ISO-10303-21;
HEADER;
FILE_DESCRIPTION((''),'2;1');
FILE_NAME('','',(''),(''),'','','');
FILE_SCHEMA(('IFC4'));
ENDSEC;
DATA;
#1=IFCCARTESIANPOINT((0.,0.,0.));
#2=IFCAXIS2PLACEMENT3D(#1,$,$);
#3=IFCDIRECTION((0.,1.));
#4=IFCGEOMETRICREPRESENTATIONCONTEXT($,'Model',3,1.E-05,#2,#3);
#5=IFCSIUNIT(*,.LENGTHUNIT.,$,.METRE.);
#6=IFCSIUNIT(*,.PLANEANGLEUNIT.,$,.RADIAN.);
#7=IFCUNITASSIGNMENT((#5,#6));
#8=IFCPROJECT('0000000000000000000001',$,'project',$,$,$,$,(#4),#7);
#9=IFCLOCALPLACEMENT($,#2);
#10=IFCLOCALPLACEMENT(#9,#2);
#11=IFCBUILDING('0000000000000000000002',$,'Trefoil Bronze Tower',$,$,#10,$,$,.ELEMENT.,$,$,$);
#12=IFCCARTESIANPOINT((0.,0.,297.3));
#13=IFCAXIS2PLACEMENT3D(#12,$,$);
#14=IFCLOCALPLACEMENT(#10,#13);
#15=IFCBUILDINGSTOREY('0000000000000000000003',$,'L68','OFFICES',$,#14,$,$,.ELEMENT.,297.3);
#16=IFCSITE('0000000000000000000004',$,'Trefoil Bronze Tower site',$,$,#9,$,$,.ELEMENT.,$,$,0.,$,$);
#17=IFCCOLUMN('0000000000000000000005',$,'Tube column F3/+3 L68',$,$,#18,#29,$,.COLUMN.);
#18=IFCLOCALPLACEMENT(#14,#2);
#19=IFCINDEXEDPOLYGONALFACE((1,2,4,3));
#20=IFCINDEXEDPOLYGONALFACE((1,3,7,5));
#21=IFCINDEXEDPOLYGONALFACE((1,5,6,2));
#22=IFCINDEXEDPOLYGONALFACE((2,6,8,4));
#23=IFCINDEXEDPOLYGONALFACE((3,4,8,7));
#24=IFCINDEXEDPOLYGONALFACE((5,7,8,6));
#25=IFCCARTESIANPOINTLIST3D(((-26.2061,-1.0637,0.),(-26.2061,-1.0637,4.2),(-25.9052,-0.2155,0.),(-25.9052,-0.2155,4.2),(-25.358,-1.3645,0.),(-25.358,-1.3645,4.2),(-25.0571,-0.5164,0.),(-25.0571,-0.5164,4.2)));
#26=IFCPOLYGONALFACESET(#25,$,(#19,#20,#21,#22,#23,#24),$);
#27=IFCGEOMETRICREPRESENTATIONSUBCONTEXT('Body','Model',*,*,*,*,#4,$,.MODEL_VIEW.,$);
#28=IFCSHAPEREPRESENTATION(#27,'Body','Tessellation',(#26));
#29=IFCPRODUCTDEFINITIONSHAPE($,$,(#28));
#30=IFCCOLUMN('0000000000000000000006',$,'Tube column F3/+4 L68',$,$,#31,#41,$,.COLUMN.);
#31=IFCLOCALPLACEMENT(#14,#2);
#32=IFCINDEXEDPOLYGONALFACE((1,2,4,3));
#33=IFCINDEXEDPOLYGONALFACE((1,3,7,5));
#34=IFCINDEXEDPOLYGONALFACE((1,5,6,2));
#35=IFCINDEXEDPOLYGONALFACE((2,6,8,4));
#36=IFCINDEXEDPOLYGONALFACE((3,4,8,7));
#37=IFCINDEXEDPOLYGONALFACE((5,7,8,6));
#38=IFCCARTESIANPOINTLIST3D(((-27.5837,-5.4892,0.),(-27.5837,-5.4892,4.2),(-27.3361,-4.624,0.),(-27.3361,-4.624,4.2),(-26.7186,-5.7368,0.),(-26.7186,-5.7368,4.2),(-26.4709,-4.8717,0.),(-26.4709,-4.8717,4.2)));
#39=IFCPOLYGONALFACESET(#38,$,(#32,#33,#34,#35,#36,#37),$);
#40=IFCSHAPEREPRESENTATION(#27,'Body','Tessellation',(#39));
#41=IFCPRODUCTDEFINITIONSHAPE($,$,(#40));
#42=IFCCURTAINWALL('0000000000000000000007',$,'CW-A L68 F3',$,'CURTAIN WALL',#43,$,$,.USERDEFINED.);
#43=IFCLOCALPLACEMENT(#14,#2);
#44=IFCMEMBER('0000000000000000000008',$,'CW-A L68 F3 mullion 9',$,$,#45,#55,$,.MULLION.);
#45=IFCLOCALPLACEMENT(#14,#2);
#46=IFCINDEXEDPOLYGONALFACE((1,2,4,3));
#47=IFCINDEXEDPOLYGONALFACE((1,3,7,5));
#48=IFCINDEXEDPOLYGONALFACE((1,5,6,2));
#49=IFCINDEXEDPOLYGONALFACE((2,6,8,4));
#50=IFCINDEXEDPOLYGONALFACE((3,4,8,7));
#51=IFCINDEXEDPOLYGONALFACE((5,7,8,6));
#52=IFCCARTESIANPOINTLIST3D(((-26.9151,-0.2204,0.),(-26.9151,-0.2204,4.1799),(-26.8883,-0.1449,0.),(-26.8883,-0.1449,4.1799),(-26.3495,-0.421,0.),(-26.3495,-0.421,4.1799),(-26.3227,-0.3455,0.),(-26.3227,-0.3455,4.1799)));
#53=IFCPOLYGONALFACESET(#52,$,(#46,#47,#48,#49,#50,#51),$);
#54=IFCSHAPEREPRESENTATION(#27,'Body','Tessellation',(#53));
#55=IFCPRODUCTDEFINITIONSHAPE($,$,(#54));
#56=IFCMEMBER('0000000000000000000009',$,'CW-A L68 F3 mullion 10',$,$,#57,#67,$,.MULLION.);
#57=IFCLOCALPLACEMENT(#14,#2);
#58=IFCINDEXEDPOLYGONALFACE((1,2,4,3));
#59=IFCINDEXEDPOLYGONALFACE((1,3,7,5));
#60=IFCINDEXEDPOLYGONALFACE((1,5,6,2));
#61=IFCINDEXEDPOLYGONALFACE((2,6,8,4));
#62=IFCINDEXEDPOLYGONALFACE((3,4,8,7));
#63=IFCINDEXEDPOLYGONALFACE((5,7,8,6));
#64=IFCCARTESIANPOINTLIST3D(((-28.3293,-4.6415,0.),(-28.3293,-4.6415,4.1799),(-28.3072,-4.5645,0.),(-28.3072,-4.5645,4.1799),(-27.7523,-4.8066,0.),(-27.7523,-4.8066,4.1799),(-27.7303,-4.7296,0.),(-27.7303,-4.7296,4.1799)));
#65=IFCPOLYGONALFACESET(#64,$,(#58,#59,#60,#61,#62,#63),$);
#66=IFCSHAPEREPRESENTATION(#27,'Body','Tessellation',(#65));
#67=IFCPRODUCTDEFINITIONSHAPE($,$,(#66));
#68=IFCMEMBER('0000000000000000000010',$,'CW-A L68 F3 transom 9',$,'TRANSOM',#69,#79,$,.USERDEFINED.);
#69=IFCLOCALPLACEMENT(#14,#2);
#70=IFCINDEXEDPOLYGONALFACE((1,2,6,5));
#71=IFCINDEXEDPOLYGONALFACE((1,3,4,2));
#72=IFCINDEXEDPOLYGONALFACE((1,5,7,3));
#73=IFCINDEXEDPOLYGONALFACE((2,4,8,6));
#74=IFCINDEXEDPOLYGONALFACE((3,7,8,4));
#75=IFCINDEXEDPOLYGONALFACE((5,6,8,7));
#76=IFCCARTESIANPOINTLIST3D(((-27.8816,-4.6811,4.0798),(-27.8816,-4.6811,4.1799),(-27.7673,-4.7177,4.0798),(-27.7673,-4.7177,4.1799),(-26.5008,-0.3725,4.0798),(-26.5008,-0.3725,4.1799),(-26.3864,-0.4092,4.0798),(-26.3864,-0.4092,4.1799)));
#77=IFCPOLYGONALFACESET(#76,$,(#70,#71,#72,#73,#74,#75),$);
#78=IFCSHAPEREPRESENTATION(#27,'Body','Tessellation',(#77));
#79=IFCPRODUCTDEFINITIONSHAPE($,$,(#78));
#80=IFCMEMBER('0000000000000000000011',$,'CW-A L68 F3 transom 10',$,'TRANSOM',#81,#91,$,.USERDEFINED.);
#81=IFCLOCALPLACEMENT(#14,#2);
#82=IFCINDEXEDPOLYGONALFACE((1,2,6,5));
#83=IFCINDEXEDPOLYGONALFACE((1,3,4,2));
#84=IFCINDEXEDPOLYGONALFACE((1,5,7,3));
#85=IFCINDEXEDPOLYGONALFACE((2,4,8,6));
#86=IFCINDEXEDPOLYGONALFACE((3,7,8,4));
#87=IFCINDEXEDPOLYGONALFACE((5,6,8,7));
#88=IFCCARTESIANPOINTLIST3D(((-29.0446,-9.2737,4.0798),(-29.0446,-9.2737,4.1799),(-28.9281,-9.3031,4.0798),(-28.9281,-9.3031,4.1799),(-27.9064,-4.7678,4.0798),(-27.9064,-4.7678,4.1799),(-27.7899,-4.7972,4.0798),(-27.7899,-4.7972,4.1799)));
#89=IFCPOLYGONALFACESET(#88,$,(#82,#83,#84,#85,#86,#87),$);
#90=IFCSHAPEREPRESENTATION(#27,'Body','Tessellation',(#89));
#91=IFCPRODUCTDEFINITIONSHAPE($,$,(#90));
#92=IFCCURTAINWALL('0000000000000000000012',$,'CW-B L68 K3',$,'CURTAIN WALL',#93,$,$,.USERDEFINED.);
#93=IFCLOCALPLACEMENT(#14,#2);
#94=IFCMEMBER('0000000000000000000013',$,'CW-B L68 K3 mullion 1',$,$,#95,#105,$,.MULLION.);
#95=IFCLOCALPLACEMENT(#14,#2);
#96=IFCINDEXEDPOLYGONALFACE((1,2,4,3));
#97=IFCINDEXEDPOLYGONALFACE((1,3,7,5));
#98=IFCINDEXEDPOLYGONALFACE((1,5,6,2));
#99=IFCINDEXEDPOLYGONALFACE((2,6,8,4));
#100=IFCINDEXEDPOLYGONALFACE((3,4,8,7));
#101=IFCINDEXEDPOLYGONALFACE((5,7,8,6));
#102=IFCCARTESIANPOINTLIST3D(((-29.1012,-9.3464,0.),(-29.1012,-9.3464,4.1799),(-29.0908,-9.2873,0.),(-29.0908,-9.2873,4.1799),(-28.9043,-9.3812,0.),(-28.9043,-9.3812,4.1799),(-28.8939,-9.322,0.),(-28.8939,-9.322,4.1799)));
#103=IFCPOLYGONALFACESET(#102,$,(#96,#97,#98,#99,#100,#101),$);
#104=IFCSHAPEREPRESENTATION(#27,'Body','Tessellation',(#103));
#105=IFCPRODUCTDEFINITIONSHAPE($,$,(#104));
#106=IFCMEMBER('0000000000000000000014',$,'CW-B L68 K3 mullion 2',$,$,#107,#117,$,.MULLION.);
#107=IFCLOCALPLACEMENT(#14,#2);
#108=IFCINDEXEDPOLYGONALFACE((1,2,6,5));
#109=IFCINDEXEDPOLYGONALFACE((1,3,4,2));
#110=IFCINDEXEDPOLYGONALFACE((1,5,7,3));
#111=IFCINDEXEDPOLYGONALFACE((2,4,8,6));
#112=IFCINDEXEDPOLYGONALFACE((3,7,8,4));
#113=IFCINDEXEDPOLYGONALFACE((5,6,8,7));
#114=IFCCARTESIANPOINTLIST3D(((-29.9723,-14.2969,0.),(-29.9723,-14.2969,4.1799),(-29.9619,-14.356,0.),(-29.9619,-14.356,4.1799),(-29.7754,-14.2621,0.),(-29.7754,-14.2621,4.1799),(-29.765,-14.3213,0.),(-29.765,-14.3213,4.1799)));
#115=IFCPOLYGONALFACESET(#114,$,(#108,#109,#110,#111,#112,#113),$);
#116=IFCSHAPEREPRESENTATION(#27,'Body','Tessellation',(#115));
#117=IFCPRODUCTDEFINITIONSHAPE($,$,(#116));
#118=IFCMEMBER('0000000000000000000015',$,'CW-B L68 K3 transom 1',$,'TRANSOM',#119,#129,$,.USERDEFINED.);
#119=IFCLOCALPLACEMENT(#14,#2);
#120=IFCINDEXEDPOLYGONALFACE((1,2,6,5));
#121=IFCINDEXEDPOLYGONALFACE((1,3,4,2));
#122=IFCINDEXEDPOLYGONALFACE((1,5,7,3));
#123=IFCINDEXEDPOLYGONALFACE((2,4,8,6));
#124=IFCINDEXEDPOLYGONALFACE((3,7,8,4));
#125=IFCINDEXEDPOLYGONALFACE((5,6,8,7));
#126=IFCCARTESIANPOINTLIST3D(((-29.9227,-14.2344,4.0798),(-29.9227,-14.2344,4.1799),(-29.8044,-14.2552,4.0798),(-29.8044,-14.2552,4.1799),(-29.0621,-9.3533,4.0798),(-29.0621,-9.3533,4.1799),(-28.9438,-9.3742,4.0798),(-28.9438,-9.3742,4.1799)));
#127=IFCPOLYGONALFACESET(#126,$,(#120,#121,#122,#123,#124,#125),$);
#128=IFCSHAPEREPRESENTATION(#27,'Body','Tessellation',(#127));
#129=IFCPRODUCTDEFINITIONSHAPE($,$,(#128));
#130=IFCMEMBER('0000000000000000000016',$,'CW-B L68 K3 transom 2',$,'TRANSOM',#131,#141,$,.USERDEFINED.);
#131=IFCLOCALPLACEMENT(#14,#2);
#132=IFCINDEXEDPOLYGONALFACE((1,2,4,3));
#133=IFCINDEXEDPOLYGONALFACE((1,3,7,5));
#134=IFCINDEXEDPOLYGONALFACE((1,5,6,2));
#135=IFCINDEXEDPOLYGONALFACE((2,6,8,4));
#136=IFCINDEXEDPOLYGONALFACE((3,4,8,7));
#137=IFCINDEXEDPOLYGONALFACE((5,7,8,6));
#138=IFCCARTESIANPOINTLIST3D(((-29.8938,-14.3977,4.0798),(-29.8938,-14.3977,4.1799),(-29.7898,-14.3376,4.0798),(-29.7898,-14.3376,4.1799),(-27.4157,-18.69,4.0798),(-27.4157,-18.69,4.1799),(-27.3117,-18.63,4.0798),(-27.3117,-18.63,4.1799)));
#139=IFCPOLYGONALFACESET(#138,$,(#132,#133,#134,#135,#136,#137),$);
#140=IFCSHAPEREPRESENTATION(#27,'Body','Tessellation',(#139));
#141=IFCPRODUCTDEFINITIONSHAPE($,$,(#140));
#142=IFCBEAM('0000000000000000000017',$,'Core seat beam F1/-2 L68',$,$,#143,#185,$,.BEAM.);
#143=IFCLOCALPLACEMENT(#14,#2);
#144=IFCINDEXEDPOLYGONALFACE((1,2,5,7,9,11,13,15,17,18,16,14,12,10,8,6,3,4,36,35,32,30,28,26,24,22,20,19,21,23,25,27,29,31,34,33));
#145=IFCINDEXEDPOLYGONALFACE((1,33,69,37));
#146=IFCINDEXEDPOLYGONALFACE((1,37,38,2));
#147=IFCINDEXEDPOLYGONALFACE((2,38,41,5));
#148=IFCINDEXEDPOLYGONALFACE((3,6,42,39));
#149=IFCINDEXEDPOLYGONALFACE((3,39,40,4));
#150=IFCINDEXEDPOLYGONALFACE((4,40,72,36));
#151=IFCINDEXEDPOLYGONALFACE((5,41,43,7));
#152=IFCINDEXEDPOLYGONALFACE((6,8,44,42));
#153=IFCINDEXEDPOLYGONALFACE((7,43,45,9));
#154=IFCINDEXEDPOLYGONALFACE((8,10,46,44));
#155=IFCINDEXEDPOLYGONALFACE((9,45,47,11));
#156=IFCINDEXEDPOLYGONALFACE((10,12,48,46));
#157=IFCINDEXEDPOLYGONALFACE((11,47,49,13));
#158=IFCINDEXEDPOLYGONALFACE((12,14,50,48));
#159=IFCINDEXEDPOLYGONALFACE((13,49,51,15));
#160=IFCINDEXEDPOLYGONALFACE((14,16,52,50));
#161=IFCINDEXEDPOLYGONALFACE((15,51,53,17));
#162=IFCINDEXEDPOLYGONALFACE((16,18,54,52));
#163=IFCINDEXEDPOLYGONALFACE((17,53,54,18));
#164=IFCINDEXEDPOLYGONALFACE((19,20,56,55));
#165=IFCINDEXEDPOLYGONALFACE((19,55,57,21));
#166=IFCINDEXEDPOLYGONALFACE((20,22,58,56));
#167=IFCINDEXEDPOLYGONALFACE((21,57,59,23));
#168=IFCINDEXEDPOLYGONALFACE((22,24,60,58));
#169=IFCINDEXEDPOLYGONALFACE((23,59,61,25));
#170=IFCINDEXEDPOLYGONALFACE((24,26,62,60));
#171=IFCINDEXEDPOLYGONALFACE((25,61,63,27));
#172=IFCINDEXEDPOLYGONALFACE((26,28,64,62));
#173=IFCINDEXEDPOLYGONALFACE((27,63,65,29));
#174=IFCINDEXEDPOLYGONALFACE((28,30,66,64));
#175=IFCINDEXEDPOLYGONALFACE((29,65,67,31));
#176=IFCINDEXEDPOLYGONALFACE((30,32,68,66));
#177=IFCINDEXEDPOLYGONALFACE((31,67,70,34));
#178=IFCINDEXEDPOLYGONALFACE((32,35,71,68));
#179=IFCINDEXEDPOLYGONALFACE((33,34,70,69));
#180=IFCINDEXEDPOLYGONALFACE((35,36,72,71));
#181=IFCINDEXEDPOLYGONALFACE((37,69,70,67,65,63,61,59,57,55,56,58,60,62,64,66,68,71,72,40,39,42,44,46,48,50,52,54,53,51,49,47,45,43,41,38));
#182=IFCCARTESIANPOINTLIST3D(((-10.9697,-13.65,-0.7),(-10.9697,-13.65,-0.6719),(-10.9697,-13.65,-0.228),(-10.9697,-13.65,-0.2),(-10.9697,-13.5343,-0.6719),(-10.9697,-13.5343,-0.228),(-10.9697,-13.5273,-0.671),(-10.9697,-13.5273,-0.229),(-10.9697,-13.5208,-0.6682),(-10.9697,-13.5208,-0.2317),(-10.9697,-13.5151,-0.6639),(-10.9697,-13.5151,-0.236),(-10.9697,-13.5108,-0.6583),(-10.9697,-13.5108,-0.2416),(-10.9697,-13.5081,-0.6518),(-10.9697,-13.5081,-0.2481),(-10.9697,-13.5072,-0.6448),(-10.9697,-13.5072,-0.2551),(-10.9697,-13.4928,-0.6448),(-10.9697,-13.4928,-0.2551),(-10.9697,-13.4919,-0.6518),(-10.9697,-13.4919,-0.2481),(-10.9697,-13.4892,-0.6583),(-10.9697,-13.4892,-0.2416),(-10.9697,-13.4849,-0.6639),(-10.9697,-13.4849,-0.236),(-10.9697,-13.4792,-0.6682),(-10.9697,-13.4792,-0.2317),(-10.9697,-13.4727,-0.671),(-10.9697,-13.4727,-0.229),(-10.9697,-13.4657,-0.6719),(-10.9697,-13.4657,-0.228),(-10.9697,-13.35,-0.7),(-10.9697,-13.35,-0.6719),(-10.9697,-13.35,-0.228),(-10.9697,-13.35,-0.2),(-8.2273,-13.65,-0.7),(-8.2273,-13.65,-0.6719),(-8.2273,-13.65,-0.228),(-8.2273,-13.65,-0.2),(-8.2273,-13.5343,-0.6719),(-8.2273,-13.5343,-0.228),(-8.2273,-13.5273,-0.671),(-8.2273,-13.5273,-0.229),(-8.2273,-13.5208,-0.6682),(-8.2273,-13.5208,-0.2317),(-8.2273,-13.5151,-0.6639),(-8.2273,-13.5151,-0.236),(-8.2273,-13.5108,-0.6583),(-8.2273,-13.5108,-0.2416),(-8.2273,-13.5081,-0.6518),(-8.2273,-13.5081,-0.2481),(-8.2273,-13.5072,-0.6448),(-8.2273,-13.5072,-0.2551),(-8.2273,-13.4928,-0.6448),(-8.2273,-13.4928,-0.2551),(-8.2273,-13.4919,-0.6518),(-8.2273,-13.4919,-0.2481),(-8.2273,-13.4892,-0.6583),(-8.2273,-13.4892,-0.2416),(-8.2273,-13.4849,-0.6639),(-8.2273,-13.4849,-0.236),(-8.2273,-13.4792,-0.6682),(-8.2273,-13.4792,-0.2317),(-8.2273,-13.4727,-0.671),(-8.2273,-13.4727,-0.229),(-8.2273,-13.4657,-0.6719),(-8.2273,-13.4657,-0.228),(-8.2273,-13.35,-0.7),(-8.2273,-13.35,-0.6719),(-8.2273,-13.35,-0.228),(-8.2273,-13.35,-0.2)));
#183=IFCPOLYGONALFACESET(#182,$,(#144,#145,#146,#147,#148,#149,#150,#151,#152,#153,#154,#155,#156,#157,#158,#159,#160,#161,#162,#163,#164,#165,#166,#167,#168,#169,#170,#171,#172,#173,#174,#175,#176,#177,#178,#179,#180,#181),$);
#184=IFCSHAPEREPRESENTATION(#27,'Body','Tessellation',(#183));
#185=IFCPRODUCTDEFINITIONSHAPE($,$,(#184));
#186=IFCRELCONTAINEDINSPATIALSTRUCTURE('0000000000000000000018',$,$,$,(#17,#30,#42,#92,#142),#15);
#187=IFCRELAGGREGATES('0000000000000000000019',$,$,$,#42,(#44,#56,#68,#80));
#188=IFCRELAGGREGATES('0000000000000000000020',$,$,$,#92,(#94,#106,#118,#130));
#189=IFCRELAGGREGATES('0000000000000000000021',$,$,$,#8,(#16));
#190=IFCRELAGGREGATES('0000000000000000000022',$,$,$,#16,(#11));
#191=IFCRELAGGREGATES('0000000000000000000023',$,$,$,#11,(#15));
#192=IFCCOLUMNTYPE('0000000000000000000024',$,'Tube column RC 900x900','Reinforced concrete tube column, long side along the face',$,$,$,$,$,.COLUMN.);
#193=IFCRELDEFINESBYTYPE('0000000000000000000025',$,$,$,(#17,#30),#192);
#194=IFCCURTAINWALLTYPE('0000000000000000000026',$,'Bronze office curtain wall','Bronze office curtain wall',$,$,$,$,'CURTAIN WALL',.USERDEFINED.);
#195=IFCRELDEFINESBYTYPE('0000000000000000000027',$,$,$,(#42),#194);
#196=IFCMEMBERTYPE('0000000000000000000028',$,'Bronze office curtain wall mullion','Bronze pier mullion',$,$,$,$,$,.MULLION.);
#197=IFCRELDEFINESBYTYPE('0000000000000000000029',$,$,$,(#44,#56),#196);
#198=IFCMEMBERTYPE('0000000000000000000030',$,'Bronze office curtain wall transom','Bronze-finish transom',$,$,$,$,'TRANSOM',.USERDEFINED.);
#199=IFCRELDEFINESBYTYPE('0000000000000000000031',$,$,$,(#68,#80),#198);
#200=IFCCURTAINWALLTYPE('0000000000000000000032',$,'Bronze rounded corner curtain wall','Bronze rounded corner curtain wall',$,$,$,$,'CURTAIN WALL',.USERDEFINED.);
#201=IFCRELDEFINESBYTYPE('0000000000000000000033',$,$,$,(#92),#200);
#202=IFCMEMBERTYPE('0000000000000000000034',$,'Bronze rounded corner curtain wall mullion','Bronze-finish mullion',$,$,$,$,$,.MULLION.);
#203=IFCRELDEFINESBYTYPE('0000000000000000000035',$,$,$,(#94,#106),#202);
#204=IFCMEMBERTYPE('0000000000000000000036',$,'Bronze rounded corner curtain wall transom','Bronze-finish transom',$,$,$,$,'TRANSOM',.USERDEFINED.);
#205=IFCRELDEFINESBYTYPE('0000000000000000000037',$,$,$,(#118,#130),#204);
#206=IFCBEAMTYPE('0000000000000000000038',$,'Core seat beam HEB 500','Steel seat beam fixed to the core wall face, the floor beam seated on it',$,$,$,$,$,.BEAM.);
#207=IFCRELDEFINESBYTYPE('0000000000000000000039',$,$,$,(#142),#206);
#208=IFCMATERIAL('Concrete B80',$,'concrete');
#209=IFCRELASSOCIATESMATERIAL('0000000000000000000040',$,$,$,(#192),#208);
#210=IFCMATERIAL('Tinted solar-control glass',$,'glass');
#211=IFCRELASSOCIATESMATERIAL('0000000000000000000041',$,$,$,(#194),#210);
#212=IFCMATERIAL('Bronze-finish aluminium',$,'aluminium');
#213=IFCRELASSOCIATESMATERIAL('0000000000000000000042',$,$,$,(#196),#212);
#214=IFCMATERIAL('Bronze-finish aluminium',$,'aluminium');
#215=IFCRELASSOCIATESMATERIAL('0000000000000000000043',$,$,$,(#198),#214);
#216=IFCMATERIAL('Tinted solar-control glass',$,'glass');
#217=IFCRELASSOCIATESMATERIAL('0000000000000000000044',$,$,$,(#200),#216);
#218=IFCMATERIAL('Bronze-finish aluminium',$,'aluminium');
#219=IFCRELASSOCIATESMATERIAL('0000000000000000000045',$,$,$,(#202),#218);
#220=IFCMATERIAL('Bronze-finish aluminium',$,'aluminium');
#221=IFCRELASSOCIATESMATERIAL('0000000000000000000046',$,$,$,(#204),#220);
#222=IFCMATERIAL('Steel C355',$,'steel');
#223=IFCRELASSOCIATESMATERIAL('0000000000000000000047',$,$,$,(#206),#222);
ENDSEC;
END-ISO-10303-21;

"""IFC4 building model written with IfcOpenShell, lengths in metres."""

from ifc_helpers import new_model, si_unit, direction, frame, origin, origin_2d, place, context, subcontext, project, spatial, rectangle, i_section, extrude, material, material_profile, profile_set, type_object, element, aggregate, save


model = new_model("IFC4")

# Units and contexts
model_context = context("Model", 3, precision=1e-05, world=origin(), true_north=direction((0.0, 1.0)))
body_context = subcontext(model_context, "Body", "Model", "MODEL_VIEW")
ifc_project = project(units=[si_unit("LENGTHUNIT", "METRE"), si_unit("PLANEANGLEUNIT", "RADIAN")], contexts=[model_context])

# Site, building, storey
site_placement = place(None, origin())
site = spatial("IfcSite", under=ifc_project, at=site_placement, Name="Trefoil Bronze Tower site", CompositionType="ELEMENT", RefElevation=0.0)
building_placement = place(site_placement, origin())
building = spatial("IfcBuilding", under=site, at=building_placement, Name="Trefoil Bronze Tower", CompositionType="ELEMENT")
storey_placement = place(building_placement, frame((0.0, 0.0, 297.3)))
storey = spatial("IfcBuildingStorey", under=building, at=storey_placement, Name="L68", Description="OFFICES", CompositionType="ELEMENT", Elevation=297.3)

# Columns
ifc_material_1 = material(Name="Concrete B80", Category="concrete")
ifc_material_profile_1 = material_profile(ifc_material_1, rectangle(XDim=0.8999, YDim=0.8999, at=origin_2d()), Name="RC 900x900")
ifc_profile_set_1 = profile_set([ifc_material_profile_1], Name="Concrete B80")
column_type = type_object("IfcColumnType", Name="Tube column RC 900x900", Description="Reinforced concrete tube column, long side along the face", PredefinedType="COLUMN", material=ifc_profile_set_1)
for number, where, z_axis, x_axis, name in (
    (1, (-25.6316, -0.79, 0.0), (0.0, 0.0, 1.0), (-0.334352, -0.942448, 0.0), "Tube column F3/+3 L68"),
    (2, (-27.0273, -5.1804, 0.0), (0.0, 0.0, 1.0), (-0.275169, -0.961396, 0.0), "Tube column F3/+4 L68"),
):
    element("IfcColumn", number, at=place(storey_placement, frame(where, z_axis=z_axis, x_axis=x_axis)), inside=storey, type_object=column_type, Name=name, PredefinedType="COLUMN", context=body_context, shape_type="SweptSolid", body=[
        extrude(rectangle(XDim=0.8999, YDim=0.8999, at=origin_2d()), origin(), (0.0, 0.0, 1.0), 4.2),
    ])

# Curtain walls, members
ifc_material_2 = material(Name="Tinted solar-control glass", Category="glass")
curtain_wall_type_1 = type_object("IfcCurtainWallType", Name="Bronze office curtain wall", Description="Bronze office curtain wall", ElementType="CURTAIN WALL", PredefinedType="USERDEFINED", material=ifc_material_2)
curtain_wall_1_placement = place(storey_placement, origin())
curtain_wall_1 = element("IfcCurtainWall", 3, at=curtain_wall_1_placement, inside=storey, type_object=curtain_wall_type_1, Name="CW-A L68 F3", ObjectType="CURTAIN WALL", PredefinedType="USERDEFINED")
ifc_material_3 = material(Name="Bronze-finish aluminium", Category="aluminium")
ifc_material_profile_2 = material_profile(ifc_material_3, rectangle(XDim=0.6001, YDim=0.0801, at=origin_2d()), Name="CW-A mullion")
ifc_profile_set_2 = profile_set([ifc_material_profile_2], Name="Bronze-finish aluminium")
member_type_1 = type_object("IfcMemberType", Name="Bronze office curtain wall mullion", Description="Bronze pier mullion", PredefinedType="MULLION", material=ifc_profile_set_2)
member_1_placement = place(storey_placement, frame((-26.6189, -0.283, 0.0), z_axis=(0.0, 0.0, 1.0), x_axis=(0.942448, -0.334352, 0.0)))
member_1 = element("IfcMember", 4, at=member_1_placement, type_object=member_type_1, Name="CW-A L68 F3 mullion 9", PredefinedType="MULLION", context=body_context, shape_type="SweptSolid", body=[
    extrude(rectangle(XDim=0.6001, YDim=0.0801, at=origin_2d()), origin(), (0.0, 0.0, 1.0), 4.1799),
])
member_2_placement = place(storey_placement, frame((-28.0298, -4.6855, 0.0), z_axis=(0.0, 0.0, 1.0), x_axis=(0.961396, -0.275169, 0.0)))
member_2 = element("IfcMember", 5, at=member_2_placement, type_object=member_type_1, Name="CW-A L68 F3 mullion 10", PredefinedType="MULLION", context=body_context, shape_type="SweptSolid", body=[
    extrude(rectangle(XDim=0.6001, YDim=0.0801, at=origin_2d()), origin(), (0.0, 0.0, 1.0), 4.1799),
])
ifc_material_4 = material(Name="Bronze-finish aluminium", Category="aluminium")
ifc_material_profile_3 = material_profile(ifc_material_4, rectangle(XDim=0.1201, YDim=0.1001, at=origin_2d()), Name="CW-A transom")
ifc_profile_set_3 = profile_set([ifc_material_profile_3], Name="Bronze-finish aluminium")
member_type_2 = type_object("IfcMemberType", Name="Bronze office curtain wall transom", Description="Bronze-finish transom", ElementType="TRANSOM", PredefinedType="USERDEFINED", material=ifc_profile_set_3)
member_3_placement = place(storey_placement, frame((-26.4436, -0.3909, 4.1299), z_axis=(-0.305199, -0.952289, 0.0), x_axis=(0.952289, -0.305199, 0.0)))
member_3 = element("IfcMember", 6, at=member_3_placement, type_object=member_type_2, Name="CW-A L68 F3 transom 9", ObjectType="TRANSOM", PredefinedType="USERDEFINED", context=body_context, shape_type="SweptSolid", body=[
    extrude(rectangle(XDim=0.1201, YDim=0.1001, at=origin_2d()), origin(), (0.0, 0.0, 1.0), 4.5244),
])
member_4_placement = place(storey_placement, frame((-27.8481, -4.7825, 4.1299), z_axis=(-0.244908, -0.969546, 0.0), x_axis=(0.969546, -0.244908, 0.0)))
member_4 = element("IfcMember", 7, at=member_4_placement, type_object=member_type_2, Name="CW-A L68 F3 transom 10", ObjectType="TRANSOM", PredefinedType="USERDEFINED", context=body_context, shape_type="SweptSolid", body=[
    extrude(rectangle(XDim=0.1201, YDim=0.1001, at=origin_2d()), origin(), (0.0, 0.0, 1.0), 4.6475),
])
ifc_material_5 = material(Name="Tinted solar-control glass", Category="glass")
curtain_wall_type_2 = type_object("IfcCurtainWallType", Name="Bronze rounded corner curtain wall", Description="Bronze rounded corner curtain wall", ElementType="CURTAIN WALL", PredefinedType="USERDEFINED", material=ifc_material_5)
curtain_wall_2_placement = place(storey_placement, origin())
curtain_wall_2 = element("IfcCurtainWall", 8, at=curtain_wall_2_placement, inside=storey, type_object=curtain_wall_type_2, Name="CW-B L68 K3", ObjectType="CURTAIN WALL", PredefinedType="USERDEFINED")
ifc_material_6 = material(Name="Bronze-finish aluminium", Category="aluminium")
ifc_material_profile_4 = material_profile(ifc_material_6, rectangle(XDim=0.2, YDim=0.0601, at=origin_2d()), Name="CW-B mullion")
ifc_profile_set_4 = profile_set([ifc_material_profile_4], Name="Bronze-finish aluminium")
member_type_3 = type_object("IfcMemberType", Name="Bronze rounded corner curtain wall mullion", Description="Bronze-finish mullion", PredefinedType="MULLION", material=ifc_profile_set_4)
member_5_placement = place(storey_placement, frame((-28.9976, -9.3342, 0.0), z_axis=(0.0, 0.0, 1.0), x_axis=(0.984808, -0.173648, 0.0)))
member_5 = element("IfcMember", 9, at=member_5_placement, type_object=member_type_3, Name="CW-B L68 K3 mullion 1", PredefinedType="MULLION", context=body_context, shape_type="SweptSolid", body=[
    extrude(rectangle(XDim=0.2, YDim=0.0601, at=origin_2d()), origin(), (0.0, 0.0, 1.0), 4.1799),
])
member_6_placement = place(storey_placement, frame((-29.8687, -14.3091, 0.0), z_axis=(0.0, 0.0, 1.0), x_axis=(0.984808, 0.173648, 0.0)))
member_6 = element("IfcMember", 10, at=member_6_placement, type_object=member_type_3, Name="CW-B L68 K3 mullion 2", PredefinedType="MULLION", context=body_context, shape_type="SweptSolid", body=[
    extrude(rectangle(XDim=0.2, YDim=0.0601, at=origin_2d()), origin(), (0.0, 0.0, 1.0), 4.1799),
])
ifc_material_7 = material(Name="Bronze-finish aluminium", Category="aluminium")
ifc_material_profile_5 = material_profile(ifc_material_7, rectangle(XDim=0.1201, YDim=0.1001, at=origin_2d()), Name="CW-B transom")
ifc_profile_set_5 = profile_set([ifc_material_profile_5], Name="Bronze-finish aluminium")
member_type_4 = type_object("IfcMemberType", Name="Bronze rounded corner curtain wall transom", Description="Bronze-finish transom", ElementType="TRANSOM", PredefinedType="USERDEFINED", material=ifc_profile_set_5)
member_7_placement = place(storey_placement, frame((-29.0029, -9.3638, 4.1299), z_axis=(-0.173634, -0.98481, 0.0), x_axis=(0.98481, -0.173634, 0.0)))
member_7 = element("IfcMember", 11, at=member_7_placement, type_object=member_type_4, Name="CW-B L68 K3 transom 1", ObjectType="TRANSOM", PredefinedType="USERDEFINED", context=body_context, shape_type="SweptSolid", body=[
    extrude(rectangle(XDim=0.1201, YDim=0.1001, at=origin_2d()), origin(), (0.0, 0.0, 1.0), 4.9563),
])
member_8_placement = place(storey_placement, frame((-29.8418, -14.3677, 4.1299), z_axis=(0.499985, -0.866034, 0.0), x_axis=(0.866034, 0.499985, 0.0)))
member_8 = element("IfcMember", 12, at=member_8_placement, type_object=member_type_4, Name="CW-B L68 K3 transom 2", ObjectType="TRANSOM", PredefinedType="USERDEFINED", context=body_context, shape_type="SweptSolid", body=[
    extrude(rectangle(XDim=0.1201, YDim=0.1001, at=origin_2d()), origin(), (0.0, 0.0, 1.0), 4.9563),
])

# Beam
ifc_material_8 = material(Name="Steel C355", Category="steel")
ifc_material_profile_6 = material_profile(ifc_material_8, i_section(OverallWidth=0.3, OverallDepth=0.5, WebThickness=0.0144, FlangeThickness=0.0281, FilletRadius=0.0271, at=origin_2d()), Name="HEB 500")
ifc_profile_set_6 = profile_set([ifc_material_profile_6], Name="Steel C355")
beam_type_1 = type_object("IfcBeamType", Name="Core seat beam HEB 500", Description="Steel seat beam fixed to the core wall face, the floor beam seated on it", PredefinedType="BEAM", material=ifc_profile_set_6)
for number, where, z_axis, x_axis, name in (
    (13, (-10.9697, -13.5, -0.45), (1.0, 0.0, 0.0), (0.0, 1.0, 0.0), "Core seat beam F1/-2 L68"),
):
    element("IfcBeam", number, at=place(storey_placement, frame(where, z_axis=z_axis, x_axis=x_axis)), inside=storey, type_object=beam_type_1, Name=name, PredefinedType="BEAM", context=body_context, shape_type="SweptSolid", body=[
        extrude(i_section(OverallWidth=0.3, OverallDepth=0.5, WebThickness=0.0144, FlangeThickness=0.0281, FilletRadius=0.0271, at=origin_2d()), origin(), (0.0, 0.0, 1.0), 2.7424),
    ])

aggregate(curtain_wall_1, [member_1, member_2, member_3, member_4])
aggregate(curtain_wall_2, [member_5, member_6, member_7, member_8])

save(model, "model.ifc")
